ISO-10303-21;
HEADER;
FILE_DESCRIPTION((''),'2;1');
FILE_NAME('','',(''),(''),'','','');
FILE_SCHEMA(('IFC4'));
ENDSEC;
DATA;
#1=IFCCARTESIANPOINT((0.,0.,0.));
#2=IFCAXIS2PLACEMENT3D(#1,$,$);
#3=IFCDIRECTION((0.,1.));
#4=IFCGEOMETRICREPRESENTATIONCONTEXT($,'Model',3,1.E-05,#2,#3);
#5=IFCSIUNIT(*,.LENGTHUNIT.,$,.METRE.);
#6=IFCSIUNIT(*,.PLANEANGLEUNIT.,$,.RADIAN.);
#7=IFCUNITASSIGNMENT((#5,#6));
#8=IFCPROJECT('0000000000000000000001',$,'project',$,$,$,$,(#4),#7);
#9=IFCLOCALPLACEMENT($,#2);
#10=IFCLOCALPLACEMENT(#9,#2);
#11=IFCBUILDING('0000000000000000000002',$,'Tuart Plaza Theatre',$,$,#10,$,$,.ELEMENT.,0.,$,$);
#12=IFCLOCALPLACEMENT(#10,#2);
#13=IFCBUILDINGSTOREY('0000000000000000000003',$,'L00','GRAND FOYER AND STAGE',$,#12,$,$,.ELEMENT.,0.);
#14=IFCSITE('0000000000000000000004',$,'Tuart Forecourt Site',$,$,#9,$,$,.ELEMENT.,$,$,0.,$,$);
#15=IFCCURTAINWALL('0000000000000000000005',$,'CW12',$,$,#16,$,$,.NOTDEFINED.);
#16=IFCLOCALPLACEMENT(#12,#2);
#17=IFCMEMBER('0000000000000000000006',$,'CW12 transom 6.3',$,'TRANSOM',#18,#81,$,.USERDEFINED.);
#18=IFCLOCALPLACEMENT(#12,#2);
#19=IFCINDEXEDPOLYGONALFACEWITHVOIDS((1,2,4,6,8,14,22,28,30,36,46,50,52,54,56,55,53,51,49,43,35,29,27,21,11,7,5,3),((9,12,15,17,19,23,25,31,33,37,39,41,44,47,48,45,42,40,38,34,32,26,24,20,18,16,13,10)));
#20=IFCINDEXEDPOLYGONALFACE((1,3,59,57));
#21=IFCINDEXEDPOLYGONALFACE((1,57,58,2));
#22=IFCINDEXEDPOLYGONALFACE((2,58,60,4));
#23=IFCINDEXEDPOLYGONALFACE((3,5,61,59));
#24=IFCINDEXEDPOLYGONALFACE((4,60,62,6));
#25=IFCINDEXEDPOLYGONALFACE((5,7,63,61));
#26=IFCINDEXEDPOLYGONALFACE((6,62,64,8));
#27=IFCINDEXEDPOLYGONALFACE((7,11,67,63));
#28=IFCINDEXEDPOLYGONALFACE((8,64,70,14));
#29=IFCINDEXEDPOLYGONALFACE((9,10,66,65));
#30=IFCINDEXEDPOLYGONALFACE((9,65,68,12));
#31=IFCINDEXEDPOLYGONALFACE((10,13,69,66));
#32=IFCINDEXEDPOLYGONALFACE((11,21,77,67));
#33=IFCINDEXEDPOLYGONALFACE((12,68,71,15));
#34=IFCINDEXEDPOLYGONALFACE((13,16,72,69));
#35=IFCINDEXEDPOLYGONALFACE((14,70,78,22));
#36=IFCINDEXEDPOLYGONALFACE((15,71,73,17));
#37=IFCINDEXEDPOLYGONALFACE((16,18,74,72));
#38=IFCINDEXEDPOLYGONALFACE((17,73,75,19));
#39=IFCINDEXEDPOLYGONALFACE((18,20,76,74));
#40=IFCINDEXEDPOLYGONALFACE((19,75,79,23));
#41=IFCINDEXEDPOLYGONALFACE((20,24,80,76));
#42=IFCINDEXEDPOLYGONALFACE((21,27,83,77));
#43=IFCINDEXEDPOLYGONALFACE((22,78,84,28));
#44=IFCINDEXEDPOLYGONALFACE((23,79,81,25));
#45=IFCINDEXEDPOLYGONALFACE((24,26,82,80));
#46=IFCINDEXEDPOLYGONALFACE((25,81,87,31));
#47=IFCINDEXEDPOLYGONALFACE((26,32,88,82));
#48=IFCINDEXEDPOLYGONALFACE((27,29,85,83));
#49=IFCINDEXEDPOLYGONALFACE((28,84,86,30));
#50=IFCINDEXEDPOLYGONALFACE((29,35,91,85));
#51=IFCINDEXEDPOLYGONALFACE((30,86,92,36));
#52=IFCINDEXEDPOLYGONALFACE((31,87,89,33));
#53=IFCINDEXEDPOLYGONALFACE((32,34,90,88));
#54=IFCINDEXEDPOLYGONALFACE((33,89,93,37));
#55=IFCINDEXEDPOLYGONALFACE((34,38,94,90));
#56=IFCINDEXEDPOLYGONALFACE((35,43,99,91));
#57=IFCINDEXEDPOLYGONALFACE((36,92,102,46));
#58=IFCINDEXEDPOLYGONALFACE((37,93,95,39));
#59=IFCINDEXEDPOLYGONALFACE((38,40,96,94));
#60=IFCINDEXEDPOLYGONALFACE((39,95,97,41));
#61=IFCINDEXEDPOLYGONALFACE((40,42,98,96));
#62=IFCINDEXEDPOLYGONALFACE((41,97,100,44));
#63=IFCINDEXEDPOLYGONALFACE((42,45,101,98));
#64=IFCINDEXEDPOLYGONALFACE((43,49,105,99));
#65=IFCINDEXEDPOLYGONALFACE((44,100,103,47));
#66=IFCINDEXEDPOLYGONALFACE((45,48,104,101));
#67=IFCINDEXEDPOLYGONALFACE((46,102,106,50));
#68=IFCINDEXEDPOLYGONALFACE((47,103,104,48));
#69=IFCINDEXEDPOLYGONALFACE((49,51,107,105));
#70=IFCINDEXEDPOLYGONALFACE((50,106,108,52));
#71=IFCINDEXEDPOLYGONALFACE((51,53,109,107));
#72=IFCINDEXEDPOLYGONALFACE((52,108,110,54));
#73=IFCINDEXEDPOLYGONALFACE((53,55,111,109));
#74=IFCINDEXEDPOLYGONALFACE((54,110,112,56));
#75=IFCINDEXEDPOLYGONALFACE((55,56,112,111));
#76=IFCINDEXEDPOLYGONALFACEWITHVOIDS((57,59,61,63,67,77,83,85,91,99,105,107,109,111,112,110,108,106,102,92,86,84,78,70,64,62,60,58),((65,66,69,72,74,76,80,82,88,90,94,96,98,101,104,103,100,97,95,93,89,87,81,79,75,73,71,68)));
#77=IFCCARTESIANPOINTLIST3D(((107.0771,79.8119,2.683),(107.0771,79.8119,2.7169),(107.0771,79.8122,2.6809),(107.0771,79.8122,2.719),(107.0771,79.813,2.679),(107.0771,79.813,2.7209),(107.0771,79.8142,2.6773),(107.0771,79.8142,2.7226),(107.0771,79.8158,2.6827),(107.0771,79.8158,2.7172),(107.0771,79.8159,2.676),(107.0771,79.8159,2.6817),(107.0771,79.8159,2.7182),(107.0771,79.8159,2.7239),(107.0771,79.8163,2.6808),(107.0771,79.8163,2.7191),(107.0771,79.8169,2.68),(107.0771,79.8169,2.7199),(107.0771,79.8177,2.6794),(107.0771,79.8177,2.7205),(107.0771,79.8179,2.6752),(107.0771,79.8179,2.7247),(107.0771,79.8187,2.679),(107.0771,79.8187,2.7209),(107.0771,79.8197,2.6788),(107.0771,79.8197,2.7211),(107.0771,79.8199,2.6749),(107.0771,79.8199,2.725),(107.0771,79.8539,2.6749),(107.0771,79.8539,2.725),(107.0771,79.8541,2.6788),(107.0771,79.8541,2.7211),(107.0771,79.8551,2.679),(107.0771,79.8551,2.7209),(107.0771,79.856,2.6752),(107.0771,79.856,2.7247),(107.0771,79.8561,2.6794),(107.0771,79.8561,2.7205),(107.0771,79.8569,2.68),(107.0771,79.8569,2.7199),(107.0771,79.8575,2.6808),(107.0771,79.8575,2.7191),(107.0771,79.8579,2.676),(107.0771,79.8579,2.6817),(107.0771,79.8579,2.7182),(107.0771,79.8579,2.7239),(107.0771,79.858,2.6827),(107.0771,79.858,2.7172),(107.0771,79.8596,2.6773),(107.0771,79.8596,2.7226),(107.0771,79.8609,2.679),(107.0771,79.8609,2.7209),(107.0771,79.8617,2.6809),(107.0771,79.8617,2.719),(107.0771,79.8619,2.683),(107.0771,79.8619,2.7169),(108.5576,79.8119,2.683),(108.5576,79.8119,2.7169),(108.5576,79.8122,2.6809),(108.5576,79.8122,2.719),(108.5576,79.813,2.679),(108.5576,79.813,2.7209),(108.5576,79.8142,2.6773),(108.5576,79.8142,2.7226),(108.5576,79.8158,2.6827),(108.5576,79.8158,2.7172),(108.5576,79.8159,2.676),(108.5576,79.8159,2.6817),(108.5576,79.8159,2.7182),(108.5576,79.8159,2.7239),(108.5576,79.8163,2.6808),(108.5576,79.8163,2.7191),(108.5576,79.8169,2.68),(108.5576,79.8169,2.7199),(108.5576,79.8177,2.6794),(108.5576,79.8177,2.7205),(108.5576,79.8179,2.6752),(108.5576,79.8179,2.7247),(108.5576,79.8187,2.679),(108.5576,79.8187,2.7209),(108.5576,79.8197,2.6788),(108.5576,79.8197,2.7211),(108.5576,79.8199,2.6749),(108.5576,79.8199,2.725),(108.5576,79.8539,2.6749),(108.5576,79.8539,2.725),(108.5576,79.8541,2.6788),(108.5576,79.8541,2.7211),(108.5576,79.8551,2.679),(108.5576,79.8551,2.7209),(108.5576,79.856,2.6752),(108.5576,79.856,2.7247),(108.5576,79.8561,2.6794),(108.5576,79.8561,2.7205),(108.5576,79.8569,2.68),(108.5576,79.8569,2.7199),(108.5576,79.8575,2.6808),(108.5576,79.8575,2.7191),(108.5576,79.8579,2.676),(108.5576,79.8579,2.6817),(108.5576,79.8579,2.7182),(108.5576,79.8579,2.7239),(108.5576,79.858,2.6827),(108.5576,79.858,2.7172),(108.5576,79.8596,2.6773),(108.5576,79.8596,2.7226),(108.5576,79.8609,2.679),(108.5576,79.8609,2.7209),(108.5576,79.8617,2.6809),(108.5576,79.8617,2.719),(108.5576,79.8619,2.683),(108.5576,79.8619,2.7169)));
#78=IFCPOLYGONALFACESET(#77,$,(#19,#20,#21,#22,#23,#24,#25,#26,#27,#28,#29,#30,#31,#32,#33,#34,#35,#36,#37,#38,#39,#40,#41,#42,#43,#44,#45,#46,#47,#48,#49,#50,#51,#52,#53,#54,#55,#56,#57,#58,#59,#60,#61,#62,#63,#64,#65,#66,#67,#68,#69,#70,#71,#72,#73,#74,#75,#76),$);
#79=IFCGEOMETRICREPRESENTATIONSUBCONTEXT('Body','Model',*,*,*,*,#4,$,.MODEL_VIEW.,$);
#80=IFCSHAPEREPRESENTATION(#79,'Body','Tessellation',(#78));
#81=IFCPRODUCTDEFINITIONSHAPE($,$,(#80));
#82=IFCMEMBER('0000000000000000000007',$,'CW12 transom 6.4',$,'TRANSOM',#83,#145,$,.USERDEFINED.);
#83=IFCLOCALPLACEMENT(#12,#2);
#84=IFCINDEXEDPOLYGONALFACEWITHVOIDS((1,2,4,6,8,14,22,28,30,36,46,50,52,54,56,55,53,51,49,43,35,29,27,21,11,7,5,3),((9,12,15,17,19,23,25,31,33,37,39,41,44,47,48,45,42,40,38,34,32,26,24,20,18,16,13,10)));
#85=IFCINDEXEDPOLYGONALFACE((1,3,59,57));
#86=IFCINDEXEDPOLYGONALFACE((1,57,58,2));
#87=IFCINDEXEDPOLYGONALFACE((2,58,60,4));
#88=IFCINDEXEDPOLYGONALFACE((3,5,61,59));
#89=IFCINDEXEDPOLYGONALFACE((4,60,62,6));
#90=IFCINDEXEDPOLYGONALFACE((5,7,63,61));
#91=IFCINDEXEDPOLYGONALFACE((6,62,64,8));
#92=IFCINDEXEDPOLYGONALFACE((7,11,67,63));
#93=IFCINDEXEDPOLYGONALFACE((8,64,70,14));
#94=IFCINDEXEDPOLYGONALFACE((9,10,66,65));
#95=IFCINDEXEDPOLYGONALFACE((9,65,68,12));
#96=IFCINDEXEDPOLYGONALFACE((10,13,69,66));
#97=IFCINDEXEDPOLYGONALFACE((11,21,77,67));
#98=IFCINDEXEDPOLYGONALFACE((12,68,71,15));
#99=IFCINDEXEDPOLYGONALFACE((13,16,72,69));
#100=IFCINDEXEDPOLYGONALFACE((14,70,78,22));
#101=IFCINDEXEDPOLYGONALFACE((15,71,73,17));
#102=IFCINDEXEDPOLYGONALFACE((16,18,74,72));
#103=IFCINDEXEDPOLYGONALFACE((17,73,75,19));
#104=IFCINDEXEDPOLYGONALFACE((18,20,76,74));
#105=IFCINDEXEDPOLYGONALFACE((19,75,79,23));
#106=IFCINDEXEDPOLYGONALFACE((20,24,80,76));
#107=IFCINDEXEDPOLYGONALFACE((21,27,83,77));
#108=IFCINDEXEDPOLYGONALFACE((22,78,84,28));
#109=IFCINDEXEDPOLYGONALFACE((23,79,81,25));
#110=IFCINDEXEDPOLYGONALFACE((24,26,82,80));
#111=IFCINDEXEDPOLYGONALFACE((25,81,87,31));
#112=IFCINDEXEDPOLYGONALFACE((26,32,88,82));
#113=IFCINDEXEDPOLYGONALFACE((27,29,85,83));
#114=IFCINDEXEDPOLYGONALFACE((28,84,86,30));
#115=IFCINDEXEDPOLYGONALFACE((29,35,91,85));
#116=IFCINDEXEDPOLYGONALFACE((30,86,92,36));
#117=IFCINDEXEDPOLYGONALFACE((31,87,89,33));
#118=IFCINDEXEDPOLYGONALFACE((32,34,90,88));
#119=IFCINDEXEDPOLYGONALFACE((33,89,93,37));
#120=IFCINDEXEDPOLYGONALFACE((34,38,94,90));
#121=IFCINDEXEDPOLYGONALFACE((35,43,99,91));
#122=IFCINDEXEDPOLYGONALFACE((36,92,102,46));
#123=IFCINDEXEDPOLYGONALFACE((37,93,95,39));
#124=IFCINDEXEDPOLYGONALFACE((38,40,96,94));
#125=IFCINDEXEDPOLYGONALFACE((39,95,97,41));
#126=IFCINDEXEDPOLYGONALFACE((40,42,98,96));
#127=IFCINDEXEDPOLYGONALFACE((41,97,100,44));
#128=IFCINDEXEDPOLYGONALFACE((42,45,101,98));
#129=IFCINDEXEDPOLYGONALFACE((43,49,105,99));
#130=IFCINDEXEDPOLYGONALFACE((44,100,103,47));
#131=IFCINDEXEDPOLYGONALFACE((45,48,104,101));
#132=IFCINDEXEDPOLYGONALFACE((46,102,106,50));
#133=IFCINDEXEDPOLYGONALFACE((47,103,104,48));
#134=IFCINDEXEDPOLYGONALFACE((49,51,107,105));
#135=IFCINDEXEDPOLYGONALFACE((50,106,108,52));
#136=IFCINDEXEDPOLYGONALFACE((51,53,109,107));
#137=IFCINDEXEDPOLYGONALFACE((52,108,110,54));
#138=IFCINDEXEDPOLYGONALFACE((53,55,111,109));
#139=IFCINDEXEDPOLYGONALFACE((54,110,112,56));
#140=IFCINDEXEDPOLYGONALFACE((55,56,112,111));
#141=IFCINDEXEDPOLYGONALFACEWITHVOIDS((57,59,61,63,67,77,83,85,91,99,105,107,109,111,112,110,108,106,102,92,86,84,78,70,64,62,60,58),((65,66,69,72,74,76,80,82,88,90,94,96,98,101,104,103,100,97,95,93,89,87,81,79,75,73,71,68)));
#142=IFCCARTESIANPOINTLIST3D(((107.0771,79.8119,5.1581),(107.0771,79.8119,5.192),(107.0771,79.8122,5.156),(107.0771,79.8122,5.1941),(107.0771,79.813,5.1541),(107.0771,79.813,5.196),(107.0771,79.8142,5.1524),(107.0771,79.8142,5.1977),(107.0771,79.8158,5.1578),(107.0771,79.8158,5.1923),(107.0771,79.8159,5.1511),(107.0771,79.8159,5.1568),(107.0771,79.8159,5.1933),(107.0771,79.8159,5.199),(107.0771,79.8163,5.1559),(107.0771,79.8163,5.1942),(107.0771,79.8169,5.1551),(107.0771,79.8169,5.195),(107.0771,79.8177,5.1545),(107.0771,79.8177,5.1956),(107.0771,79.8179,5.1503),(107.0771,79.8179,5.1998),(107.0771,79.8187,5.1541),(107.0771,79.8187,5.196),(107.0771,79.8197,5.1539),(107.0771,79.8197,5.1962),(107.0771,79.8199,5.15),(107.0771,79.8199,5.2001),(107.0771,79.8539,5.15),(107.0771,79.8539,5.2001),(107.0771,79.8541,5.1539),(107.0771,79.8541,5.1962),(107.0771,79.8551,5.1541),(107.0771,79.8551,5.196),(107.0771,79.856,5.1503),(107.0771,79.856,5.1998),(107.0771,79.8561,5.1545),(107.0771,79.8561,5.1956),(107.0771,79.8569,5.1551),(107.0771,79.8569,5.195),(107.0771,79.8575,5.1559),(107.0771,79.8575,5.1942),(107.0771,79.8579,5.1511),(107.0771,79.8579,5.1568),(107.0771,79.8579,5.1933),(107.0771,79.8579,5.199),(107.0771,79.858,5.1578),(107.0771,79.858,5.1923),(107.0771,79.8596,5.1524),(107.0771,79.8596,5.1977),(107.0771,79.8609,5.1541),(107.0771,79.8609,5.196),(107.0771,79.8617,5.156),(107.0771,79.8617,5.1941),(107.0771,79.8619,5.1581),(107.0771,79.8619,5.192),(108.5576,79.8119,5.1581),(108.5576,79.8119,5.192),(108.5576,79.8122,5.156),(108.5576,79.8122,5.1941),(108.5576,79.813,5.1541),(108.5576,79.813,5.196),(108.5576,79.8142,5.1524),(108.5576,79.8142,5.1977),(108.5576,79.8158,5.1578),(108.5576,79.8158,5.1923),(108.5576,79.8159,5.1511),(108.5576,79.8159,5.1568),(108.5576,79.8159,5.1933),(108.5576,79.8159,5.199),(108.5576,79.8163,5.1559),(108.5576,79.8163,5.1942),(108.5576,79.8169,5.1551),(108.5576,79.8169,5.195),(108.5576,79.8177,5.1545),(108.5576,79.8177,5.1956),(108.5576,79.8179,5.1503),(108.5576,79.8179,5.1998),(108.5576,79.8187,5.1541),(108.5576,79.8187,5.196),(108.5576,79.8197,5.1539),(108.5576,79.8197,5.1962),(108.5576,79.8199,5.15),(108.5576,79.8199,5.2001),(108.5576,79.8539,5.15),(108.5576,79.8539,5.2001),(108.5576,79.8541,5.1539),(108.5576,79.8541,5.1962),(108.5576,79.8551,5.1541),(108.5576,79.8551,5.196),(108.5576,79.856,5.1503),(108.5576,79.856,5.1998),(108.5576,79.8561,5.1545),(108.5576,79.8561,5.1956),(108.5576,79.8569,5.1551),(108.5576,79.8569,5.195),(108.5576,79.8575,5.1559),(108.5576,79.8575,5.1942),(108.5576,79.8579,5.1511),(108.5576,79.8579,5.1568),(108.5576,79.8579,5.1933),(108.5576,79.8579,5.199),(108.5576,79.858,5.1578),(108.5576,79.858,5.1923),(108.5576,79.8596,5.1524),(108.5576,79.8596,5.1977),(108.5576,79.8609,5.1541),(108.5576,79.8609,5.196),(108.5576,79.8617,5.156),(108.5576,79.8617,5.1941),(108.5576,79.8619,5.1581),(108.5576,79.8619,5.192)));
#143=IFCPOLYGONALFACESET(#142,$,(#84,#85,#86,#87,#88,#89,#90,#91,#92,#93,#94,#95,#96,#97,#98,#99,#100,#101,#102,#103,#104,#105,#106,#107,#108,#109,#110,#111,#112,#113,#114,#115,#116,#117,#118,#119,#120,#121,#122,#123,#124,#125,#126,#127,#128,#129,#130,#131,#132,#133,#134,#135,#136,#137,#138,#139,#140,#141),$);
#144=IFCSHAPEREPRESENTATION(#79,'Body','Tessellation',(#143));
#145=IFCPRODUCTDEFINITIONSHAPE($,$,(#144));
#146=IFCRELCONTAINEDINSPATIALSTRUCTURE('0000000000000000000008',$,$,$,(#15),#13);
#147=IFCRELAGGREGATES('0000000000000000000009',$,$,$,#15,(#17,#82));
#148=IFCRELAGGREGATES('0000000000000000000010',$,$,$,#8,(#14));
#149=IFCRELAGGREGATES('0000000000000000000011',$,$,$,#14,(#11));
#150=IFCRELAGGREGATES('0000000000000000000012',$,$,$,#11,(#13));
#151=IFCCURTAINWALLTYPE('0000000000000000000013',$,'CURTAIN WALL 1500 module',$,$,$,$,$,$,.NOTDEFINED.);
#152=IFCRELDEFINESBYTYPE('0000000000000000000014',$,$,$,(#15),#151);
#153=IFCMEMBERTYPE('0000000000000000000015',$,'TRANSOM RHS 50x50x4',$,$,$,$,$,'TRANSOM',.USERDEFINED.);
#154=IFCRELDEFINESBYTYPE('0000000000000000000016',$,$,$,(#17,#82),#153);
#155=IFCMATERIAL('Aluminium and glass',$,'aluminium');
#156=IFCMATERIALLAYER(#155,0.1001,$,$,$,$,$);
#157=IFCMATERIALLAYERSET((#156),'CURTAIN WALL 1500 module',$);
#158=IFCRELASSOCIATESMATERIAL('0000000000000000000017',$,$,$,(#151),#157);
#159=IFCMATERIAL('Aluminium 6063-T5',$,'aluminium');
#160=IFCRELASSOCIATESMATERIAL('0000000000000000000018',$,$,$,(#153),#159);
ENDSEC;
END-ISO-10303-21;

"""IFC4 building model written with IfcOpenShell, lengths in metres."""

from ifc_helpers import new_model, si_unit, direction, frame, origin, origin_2d, place, context, subcontext, project, spatial, hollow_rectangle, extrude, material, layer, layer_set, material_profile, profile_set, type_object, element, aggregate, save


model = new_model("IFC4")

# Units and contexts
model_context = context("Model", 3, precision=1e-05, world=origin(), true_north=direction((0.0, 1.0)))
body_context = subcontext(model_context, "Body", "Model", "MODEL_VIEW")
ifc_project = project(units=[si_unit("LENGTHUNIT", "METRE"), si_unit("PLANEANGLEUNIT", "RADIAN")], contexts=[model_context])

# Site, building, storey
site_placement = place(None, origin())
site = spatial("IfcSite", under=ifc_project, at=site_placement, Name="Tuart Forecourt Site", CompositionType="ELEMENT", RefElevation=0.0)
building_placement = place(site_placement, origin())
building = spatial("IfcBuilding", under=site, at=building_placement, Name="Tuart Plaza Theatre", CompositionType="ELEMENT", ElevationOfRefHeight=0.0)
storey_placement = place(building_placement, origin())
storey = spatial("IfcBuildingStorey", under=building, at=storey_placement, Name="L00", Description="GRAND FOYER AND STAGE", CompositionType="ELEMENT", Elevation=0.0)

# Curtain wall, members
ifc_material_1 = material(Name="Aluminium and glass", Category="aluminium")
ifc_layer_1 = layer(ifc_material_1, 0.1001)
ifc_layer_set_1 = layer_set([ifc_layer_1], Name="CURTAIN WALL 1500 module")
curtain_wall_type = type_object("IfcCurtainWallType", Name="CURTAIN WALL 1500 module", PredefinedType="NOTDEFINED", material=ifc_layer_set_1)
curtain_wall_placement = place(storey_placement, origin())
curtain_wall = element("IfcCurtainWall", 1, at=curtain_wall_placement, inside=storey, type_object=curtain_wall_type, Name="CW12", PredefinedType="NOTDEFINED")
ifc_material_2 = material(Name="Aluminium 6063-T5", Category="aluminium")
ifc_material_profile_1 = material_profile(ifc_material_2, hollow_rectangle(XDim=0.05, YDim=0.05, WallThickness=0.0039, InnerFilletRadius=0.0039, OuterFilletRadius=0.0081, at=origin_2d()), Name="RHS 50x50x4")
ifc_profile_set_1 = profile_set([ifc_material_profile_1], Name="Aluminium 6063-T5")
member_type_1 = type_object("IfcMemberType", Name="TRANSOM RHS 50x50x4", ElementType="TRANSOM", PredefinedType="USERDEFINED", material=ifc_profile_set_1)
member_1_placement = place(storey_placement, frame((107.0771, 79.8369, 2.7), z_axis=(1.0, 0.0, 0.0), x_axis=(0.0, 1.0, 0.0)))
member_1 = element("IfcMember", 2, at=member_1_placement, type_object=member_type_1, Name="CW12 transom 6.3", ObjectType="TRANSOM", PredefinedType="USERDEFINED", context=body_context, shape_type="SweptSolid", body=[
    extrude(hollow_rectangle(XDim=0.05, YDim=0.05, WallThickness=0.0039, InnerFilletRadius=0.0039, OuterFilletRadius=0.0081, at=origin_2d()), origin(), (0.0, 0.0, 1.0), 1.4805),
])
member_2_placement = place(storey_placement, frame((107.0771, 79.8369, 5.175), z_axis=(1.0, 0.0, 0.0), x_axis=(0.0, 1.0, 0.0)))
member_2 = element("IfcMember", 3, at=member_2_placement, type_object=member_type_1, Name="CW12 transom 6.4", ObjectType="TRANSOM", PredefinedType="USERDEFINED", context=body_context, shape_type="SweptSolid", body=[
    extrude(hollow_rectangle(XDim=0.05, YDim=0.05, WallThickness=0.0039, InnerFilletRadius=0.0039, OuterFilletRadius=0.0081, at=origin_2d()), origin(), (0.0, 0.0, 1.0), 1.4805),
])
aggregate(curtain_wall, [member_1, member_2])

save(model, "model.ifc")
